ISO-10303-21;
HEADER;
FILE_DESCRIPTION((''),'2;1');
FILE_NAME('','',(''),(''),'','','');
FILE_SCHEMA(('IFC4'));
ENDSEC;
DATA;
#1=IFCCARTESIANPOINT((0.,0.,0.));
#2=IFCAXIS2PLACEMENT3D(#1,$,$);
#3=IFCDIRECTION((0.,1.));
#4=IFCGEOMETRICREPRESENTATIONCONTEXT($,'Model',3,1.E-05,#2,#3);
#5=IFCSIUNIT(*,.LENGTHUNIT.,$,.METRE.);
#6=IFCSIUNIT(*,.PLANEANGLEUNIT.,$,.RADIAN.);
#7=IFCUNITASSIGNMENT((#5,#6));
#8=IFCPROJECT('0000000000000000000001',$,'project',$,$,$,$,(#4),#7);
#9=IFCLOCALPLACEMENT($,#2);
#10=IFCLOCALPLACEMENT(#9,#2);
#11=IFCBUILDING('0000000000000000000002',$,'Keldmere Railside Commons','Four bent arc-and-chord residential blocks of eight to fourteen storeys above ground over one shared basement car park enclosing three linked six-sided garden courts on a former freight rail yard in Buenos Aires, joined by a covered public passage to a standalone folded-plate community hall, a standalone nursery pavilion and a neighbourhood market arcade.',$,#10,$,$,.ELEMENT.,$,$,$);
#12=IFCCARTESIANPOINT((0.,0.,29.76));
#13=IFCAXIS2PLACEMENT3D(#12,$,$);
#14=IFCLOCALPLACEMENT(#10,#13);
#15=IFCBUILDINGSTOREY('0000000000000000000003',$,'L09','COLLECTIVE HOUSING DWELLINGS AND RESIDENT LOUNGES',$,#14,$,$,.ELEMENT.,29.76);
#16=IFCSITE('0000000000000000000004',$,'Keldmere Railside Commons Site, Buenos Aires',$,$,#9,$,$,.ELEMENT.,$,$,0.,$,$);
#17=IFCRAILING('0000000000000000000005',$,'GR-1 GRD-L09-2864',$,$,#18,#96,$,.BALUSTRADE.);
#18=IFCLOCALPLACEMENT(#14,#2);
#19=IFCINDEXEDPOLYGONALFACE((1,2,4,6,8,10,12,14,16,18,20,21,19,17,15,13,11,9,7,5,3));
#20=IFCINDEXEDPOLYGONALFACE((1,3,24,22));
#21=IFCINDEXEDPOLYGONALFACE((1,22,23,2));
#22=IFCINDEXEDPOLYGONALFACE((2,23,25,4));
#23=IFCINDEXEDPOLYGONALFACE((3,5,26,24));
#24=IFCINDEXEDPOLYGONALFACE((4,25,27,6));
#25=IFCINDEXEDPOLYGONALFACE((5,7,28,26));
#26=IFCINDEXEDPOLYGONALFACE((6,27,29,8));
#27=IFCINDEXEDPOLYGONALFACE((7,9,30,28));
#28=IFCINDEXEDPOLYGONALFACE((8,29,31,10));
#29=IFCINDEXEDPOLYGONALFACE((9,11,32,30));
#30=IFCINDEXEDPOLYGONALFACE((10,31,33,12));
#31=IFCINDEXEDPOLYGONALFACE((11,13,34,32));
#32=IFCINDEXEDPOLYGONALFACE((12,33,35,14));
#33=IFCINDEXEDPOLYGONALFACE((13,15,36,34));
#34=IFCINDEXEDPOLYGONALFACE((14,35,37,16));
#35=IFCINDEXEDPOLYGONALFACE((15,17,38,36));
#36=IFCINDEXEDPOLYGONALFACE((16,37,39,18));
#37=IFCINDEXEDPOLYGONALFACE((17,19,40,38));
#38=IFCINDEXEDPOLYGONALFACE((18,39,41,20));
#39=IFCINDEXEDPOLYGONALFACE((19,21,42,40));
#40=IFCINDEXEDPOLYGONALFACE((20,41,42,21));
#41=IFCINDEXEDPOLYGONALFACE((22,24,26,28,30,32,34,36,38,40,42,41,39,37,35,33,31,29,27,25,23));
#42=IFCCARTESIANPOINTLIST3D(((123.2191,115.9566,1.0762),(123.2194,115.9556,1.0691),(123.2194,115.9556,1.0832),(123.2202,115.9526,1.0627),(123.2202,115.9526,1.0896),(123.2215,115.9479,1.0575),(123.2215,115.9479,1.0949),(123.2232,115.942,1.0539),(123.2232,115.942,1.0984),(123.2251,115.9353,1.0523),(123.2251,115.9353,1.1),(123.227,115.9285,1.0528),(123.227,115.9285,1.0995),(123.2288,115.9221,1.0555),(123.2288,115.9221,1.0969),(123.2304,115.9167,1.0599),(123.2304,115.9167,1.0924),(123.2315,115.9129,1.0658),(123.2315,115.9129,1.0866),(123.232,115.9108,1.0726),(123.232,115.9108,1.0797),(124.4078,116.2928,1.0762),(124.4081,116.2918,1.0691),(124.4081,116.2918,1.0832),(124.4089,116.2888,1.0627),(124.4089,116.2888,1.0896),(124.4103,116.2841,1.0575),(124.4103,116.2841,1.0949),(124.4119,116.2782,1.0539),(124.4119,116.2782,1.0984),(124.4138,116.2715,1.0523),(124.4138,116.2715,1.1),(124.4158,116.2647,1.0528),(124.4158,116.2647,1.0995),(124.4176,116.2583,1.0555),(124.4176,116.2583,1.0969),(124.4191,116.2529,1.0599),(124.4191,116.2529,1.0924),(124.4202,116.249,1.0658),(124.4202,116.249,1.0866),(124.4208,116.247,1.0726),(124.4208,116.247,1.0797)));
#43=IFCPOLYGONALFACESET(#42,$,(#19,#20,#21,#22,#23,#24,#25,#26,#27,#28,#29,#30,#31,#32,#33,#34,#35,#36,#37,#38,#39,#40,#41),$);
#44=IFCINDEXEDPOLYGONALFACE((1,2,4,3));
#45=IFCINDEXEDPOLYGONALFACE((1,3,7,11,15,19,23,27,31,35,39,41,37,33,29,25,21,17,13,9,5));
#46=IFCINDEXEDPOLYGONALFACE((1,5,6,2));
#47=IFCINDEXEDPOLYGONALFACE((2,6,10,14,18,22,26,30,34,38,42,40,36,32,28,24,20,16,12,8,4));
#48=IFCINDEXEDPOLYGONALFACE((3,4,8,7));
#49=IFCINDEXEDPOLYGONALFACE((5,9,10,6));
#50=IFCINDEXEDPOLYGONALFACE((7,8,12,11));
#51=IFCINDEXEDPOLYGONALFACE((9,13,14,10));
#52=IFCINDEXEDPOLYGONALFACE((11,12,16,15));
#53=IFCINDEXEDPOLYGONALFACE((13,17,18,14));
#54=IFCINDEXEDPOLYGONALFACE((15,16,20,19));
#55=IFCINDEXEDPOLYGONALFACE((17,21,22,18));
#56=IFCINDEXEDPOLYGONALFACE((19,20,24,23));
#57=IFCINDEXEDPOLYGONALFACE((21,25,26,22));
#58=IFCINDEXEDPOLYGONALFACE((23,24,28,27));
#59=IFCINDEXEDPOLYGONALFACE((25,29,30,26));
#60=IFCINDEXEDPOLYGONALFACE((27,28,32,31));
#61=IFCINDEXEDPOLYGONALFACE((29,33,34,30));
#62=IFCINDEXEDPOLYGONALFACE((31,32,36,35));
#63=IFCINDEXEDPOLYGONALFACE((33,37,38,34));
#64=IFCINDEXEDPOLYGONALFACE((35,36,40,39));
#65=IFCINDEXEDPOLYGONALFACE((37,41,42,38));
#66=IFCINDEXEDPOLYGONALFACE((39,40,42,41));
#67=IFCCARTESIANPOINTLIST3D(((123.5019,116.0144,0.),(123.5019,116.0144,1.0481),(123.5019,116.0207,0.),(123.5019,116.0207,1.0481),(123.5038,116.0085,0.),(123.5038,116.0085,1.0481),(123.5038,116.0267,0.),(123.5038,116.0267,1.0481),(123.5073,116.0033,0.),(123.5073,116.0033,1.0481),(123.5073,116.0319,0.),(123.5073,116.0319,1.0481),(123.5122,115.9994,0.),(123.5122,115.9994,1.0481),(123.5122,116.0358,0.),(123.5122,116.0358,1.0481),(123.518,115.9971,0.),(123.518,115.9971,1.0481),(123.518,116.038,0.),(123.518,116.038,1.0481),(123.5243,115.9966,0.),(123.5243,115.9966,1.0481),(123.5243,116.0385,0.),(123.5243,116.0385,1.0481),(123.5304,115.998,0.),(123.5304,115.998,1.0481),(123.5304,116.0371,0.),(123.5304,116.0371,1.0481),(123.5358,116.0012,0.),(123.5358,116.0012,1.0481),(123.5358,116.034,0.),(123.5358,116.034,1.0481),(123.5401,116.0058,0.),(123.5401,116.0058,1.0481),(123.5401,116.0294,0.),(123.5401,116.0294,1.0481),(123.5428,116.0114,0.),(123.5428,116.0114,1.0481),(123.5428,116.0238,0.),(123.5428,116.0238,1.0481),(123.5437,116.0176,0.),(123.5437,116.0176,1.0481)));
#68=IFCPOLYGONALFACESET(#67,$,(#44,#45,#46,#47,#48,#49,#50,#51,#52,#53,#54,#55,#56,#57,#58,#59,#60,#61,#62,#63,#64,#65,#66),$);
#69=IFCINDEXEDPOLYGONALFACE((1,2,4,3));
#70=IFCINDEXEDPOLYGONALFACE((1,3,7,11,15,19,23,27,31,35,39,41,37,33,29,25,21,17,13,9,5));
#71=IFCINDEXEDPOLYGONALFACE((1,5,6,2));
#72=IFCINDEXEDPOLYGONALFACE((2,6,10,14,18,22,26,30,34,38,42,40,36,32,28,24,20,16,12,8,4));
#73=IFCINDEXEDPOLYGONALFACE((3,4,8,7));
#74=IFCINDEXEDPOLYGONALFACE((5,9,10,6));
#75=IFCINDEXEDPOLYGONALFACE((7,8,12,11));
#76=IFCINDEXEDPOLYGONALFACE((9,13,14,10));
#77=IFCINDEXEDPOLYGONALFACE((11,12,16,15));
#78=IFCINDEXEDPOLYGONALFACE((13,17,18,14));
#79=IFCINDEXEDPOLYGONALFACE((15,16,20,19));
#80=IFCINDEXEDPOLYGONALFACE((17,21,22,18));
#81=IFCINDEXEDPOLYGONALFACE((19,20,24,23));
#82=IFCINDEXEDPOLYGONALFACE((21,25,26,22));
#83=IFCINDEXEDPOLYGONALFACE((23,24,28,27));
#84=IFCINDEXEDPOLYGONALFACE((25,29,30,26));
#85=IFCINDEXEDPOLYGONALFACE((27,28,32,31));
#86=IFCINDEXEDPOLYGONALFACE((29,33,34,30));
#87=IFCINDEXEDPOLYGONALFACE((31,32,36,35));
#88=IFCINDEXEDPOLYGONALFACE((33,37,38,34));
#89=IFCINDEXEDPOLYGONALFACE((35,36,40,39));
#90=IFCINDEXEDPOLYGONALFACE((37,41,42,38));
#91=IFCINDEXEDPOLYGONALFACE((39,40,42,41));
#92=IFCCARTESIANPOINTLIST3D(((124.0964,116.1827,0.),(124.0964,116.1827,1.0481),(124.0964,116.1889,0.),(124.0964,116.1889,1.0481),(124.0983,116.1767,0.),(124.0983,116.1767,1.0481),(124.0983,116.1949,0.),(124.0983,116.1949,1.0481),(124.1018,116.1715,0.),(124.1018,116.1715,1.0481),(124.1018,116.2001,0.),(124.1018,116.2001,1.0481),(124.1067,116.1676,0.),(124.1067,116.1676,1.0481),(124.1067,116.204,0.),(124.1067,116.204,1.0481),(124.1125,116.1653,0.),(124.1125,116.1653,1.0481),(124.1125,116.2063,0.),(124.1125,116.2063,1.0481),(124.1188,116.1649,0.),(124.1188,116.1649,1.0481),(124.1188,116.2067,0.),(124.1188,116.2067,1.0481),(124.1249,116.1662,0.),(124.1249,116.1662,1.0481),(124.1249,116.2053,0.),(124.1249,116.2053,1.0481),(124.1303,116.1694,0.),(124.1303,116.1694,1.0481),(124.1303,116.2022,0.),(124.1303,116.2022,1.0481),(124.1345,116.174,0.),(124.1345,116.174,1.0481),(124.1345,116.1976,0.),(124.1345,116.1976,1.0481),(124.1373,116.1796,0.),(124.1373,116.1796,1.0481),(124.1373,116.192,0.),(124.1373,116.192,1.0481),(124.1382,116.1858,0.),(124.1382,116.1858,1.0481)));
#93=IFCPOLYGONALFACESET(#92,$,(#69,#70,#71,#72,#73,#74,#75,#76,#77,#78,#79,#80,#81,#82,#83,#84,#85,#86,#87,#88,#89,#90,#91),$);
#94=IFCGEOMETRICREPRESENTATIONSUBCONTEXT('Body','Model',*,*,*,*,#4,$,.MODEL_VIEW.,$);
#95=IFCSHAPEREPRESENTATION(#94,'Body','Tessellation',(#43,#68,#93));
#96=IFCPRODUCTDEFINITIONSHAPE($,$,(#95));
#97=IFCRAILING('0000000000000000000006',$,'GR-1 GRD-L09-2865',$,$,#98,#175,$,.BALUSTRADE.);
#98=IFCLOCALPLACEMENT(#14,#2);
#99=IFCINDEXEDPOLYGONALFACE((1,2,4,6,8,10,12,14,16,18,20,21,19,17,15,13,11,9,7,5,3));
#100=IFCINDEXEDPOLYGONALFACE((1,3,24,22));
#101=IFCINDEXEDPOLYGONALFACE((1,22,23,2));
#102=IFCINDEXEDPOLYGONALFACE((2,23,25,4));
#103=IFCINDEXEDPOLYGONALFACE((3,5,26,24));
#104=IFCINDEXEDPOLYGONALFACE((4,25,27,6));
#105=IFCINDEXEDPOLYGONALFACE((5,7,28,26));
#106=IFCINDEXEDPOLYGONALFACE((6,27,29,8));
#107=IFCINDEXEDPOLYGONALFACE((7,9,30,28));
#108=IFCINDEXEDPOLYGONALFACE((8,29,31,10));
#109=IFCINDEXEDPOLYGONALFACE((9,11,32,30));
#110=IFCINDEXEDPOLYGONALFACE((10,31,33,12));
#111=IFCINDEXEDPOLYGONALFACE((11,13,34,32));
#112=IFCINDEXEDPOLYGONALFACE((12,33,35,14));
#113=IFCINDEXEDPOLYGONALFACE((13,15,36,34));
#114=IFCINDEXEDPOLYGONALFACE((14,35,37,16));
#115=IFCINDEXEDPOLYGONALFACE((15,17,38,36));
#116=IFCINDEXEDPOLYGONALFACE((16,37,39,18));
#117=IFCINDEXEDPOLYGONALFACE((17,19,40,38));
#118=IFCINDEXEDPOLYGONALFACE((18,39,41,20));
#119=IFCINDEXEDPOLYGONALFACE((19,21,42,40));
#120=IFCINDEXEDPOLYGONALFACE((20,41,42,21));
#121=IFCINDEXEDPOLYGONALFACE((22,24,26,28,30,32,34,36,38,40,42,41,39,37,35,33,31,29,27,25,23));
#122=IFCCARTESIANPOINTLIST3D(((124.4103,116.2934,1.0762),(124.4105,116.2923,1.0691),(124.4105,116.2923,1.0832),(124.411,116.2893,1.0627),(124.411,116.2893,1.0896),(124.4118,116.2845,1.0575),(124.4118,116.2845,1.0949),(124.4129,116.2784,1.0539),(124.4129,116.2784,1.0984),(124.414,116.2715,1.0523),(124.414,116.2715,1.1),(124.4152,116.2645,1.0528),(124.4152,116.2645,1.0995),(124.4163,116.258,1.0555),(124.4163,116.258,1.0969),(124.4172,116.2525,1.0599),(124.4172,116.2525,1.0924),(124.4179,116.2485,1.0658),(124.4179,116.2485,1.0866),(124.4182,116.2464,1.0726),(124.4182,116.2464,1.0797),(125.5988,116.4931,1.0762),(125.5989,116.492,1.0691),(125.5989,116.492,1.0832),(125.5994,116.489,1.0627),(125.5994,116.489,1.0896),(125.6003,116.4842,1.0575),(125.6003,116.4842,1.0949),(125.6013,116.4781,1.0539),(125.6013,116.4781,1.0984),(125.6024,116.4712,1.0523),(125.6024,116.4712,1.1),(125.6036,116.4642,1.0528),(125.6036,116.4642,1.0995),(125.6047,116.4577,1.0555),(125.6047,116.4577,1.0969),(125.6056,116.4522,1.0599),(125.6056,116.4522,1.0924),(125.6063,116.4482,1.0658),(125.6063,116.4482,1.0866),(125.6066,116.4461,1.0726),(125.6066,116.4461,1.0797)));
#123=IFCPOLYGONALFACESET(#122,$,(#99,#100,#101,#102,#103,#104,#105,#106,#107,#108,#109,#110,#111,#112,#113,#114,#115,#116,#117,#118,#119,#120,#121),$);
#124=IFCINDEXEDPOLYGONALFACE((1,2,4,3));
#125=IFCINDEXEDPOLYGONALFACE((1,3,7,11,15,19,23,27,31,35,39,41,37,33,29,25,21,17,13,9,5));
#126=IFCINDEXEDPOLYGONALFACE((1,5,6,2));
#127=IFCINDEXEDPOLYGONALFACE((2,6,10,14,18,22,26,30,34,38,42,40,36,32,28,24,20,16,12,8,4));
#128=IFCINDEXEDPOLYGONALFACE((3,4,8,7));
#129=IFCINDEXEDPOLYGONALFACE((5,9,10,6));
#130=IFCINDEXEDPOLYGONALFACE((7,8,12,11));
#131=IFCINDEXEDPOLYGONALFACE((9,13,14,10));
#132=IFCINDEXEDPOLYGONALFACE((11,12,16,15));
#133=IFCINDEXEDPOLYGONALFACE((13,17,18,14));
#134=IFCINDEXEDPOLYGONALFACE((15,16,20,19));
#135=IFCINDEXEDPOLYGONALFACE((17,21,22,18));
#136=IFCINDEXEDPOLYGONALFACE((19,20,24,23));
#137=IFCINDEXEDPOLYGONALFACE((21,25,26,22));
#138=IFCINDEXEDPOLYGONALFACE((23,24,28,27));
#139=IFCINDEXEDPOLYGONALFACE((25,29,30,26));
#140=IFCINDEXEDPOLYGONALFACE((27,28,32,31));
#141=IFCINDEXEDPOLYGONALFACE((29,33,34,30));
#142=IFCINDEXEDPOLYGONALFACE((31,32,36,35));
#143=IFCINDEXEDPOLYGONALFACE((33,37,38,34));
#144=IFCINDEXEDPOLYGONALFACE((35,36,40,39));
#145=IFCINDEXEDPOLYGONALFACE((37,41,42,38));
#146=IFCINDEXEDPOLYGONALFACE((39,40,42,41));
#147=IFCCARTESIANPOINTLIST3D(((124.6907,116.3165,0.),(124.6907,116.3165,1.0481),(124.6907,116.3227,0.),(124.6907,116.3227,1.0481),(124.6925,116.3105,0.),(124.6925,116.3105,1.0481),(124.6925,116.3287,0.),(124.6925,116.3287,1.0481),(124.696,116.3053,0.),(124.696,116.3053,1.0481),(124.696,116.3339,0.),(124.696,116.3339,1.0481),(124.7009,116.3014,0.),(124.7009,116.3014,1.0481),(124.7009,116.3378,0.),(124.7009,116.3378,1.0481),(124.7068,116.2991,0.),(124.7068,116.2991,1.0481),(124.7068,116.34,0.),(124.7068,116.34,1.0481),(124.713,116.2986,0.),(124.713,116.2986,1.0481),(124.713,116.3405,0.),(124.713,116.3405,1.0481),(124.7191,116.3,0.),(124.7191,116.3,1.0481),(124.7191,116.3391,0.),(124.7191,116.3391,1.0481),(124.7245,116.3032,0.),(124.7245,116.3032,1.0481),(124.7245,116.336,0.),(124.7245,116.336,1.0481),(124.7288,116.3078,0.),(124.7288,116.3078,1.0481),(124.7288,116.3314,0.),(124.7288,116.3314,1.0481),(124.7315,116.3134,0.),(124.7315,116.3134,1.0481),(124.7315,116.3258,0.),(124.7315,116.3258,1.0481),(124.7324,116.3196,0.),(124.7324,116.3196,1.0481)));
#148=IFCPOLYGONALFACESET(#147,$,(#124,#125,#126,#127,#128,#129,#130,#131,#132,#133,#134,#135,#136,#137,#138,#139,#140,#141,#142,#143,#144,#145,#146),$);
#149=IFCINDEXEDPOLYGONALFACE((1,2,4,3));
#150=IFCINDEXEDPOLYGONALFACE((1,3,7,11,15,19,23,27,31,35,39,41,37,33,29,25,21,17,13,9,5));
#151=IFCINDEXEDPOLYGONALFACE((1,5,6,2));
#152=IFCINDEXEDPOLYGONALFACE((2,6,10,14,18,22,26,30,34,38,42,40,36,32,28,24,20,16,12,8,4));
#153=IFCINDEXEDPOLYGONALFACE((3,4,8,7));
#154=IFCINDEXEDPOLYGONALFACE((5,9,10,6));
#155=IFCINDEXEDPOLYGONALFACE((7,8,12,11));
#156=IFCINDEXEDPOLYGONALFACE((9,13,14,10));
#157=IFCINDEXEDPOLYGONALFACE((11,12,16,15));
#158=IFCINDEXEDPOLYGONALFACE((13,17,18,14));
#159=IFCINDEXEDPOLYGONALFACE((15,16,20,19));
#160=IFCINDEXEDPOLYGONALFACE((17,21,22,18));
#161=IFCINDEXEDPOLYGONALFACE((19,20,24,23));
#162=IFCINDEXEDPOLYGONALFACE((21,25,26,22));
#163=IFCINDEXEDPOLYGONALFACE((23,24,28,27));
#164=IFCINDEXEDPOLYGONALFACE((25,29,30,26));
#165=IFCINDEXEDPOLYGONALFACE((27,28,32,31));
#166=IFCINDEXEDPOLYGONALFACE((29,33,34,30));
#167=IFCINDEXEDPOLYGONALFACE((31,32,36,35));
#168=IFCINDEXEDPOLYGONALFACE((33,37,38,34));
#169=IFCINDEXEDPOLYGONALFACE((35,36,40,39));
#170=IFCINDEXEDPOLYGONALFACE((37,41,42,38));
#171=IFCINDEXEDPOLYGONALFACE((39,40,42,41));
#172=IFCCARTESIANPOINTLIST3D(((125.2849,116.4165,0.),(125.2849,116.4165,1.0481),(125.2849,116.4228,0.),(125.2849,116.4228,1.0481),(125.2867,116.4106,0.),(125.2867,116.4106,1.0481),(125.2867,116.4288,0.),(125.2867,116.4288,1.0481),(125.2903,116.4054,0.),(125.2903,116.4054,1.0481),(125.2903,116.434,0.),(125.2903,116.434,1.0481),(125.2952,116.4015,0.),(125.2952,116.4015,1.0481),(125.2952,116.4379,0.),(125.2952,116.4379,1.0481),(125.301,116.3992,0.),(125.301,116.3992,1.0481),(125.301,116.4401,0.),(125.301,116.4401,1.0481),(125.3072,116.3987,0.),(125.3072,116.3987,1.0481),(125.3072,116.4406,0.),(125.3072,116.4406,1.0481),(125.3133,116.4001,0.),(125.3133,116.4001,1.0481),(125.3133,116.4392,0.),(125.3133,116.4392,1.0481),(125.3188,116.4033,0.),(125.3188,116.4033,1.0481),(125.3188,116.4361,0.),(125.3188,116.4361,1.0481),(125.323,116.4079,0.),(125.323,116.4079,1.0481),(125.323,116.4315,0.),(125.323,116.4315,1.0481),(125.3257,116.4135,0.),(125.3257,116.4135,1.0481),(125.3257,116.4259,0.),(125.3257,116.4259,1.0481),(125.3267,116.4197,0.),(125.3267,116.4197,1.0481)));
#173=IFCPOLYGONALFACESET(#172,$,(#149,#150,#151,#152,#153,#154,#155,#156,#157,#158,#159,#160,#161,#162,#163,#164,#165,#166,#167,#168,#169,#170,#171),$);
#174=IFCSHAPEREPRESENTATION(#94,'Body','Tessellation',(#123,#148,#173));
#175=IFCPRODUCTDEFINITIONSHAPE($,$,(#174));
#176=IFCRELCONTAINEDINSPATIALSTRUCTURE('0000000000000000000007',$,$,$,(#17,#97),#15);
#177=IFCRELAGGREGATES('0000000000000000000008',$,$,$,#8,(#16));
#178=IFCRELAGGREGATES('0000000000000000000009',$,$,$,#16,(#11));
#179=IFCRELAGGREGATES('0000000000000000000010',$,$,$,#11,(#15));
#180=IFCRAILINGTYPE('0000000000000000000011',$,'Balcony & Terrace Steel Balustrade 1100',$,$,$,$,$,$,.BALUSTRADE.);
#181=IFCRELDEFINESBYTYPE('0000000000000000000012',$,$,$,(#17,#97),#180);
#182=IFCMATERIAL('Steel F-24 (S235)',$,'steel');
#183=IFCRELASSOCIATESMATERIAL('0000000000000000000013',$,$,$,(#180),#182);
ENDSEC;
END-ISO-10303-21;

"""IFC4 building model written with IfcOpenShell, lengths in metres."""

from ifc_helpers import new_model, si_unit, direction, frame, origin, origin_2d, place, context, subcontext, project, spatial, circle, extrude, material, type_object, element, save


model = new_model("IFC4")

# Units and contexts
model_context = context("Model", 3, precision=1e-05, world=origin(), true_north=direction((0.0, 1.0)))
body_context = subcontext(model_context, "Body", "Model", "MODEL_VIEW")
ifc_project = project(units=[si_unit("LENGTHUNIT", "METRE"), si_unit("PLANEANGLEUNIT", "RADIAN")], contexts=[model_context])

# Site, building, storey
site_placement = place(None, origin())
site = spatial("IfcSite", under=ifc_project, at=site_placement, Name="Keldmere Railside Commons Site, Buenos Aires", CompositionType="ELEMENT", RefElevation=0.0)
building_placement = place(site_placement, origin())
building = spatial("IfcBuilding", under=site, at=building_placement, Name="Keldmere Railside Commons", Description="Four bent arc-and-chord residential blocks of eight to fourteen storeys above ground over one shared basement car park enclosing three linked six-sided garden courts on a former freight rail yard in Buenos Aires, joined by a covered public passage to a standalone folded-plate community hall, a standalone nursery pavilion and a neighbourhood market arcade.", CompositionType="ELEMENT")
storey_placement = place(building_placement, frame((0.0, 0.0, 29.76)))
storey = spatial("IfcBuildingStorey", under=building, at=storey_placement, Name="L09", Description="COLLECTIVE HOUSING DWELLINGS AND RESIDENT LOUNGES", CompositionType="ELEMENT", Elevation=29.76)

# Railings
ifc_material_1 = material(Name="Steel F-24 (S235)", Category="steel")
railing_type = type_object("IfcRailingType", Name="Balcony & Terrace Steel Balustrade 1100", PredefinedType="BALUSTRADE", material=ifc_material_1)
railing_1_placement = place(storey_placement, frame((123.2256, 115.9336, 0.0)))
element("IfcRailing", 1, at=railing_1_placement, inside=storey, type_object=railing_type, Name="GR-1 GRD-L09-2864", PredefinedType="BALUSTRADE", context=body_context, shape_type="SweptSolid", body=[
    extrude(circle(Radius=0.0239, at=origin_2d()), frame((0.0, 0.0, 1.0762), z_axis=(0.962259, 0.272136, 0.0), x_axis=(-0.272136, 0.962259, 0.0)), (0.0, 0.0, 1.0), 1.2354),
    extrude(circle(Radius=0.021, at=origin_2d()), frame((0.2971, 0.084, 0.0)), (0.0, 0.0, 1.0), 1.0481),
    extrude(circle(Radius=0.021, at=origin_2d()), frame((0.8916, 0.2522, 0.0)), (0.0, 0.0, 1.0), 1.0481),
])
railing_2_placement = place(storey_placement, frame((124.4143, 116.2698, 0.0)))
element("IfcRailing", 2, at=railing_2_placement, inside=storey, type_object=railing_type, Name="GR-1 GRD-L09-2865", PredefinedType="BALUSTRADE", context=body_context, shape_type="SweptSolid", body=[
    extrude(circle(Radius=0.0239, at=origin_2d()), frame((0.0, 0.0, 1.0762), z_axis=(0.986174, 0.165713, 0.0), x_axis=(-0.165713, 0.986174, 0.0)), (0.0, 0.0, 1.0), 1.2051),
    extrude(circle(Radius=0.021, at=origin_2d()), frame((0.2971, 0.0498, 0.0)), (0.0, 0.0, 1.0), 1.0481),
    extrude(circle(Radius=0.021, at=origin_2d()), frame((0.8914, 0.1499, 0.0)), (0.0, 0.0, 1.0), 1.0481),
])

save(model, "model.ifc")
